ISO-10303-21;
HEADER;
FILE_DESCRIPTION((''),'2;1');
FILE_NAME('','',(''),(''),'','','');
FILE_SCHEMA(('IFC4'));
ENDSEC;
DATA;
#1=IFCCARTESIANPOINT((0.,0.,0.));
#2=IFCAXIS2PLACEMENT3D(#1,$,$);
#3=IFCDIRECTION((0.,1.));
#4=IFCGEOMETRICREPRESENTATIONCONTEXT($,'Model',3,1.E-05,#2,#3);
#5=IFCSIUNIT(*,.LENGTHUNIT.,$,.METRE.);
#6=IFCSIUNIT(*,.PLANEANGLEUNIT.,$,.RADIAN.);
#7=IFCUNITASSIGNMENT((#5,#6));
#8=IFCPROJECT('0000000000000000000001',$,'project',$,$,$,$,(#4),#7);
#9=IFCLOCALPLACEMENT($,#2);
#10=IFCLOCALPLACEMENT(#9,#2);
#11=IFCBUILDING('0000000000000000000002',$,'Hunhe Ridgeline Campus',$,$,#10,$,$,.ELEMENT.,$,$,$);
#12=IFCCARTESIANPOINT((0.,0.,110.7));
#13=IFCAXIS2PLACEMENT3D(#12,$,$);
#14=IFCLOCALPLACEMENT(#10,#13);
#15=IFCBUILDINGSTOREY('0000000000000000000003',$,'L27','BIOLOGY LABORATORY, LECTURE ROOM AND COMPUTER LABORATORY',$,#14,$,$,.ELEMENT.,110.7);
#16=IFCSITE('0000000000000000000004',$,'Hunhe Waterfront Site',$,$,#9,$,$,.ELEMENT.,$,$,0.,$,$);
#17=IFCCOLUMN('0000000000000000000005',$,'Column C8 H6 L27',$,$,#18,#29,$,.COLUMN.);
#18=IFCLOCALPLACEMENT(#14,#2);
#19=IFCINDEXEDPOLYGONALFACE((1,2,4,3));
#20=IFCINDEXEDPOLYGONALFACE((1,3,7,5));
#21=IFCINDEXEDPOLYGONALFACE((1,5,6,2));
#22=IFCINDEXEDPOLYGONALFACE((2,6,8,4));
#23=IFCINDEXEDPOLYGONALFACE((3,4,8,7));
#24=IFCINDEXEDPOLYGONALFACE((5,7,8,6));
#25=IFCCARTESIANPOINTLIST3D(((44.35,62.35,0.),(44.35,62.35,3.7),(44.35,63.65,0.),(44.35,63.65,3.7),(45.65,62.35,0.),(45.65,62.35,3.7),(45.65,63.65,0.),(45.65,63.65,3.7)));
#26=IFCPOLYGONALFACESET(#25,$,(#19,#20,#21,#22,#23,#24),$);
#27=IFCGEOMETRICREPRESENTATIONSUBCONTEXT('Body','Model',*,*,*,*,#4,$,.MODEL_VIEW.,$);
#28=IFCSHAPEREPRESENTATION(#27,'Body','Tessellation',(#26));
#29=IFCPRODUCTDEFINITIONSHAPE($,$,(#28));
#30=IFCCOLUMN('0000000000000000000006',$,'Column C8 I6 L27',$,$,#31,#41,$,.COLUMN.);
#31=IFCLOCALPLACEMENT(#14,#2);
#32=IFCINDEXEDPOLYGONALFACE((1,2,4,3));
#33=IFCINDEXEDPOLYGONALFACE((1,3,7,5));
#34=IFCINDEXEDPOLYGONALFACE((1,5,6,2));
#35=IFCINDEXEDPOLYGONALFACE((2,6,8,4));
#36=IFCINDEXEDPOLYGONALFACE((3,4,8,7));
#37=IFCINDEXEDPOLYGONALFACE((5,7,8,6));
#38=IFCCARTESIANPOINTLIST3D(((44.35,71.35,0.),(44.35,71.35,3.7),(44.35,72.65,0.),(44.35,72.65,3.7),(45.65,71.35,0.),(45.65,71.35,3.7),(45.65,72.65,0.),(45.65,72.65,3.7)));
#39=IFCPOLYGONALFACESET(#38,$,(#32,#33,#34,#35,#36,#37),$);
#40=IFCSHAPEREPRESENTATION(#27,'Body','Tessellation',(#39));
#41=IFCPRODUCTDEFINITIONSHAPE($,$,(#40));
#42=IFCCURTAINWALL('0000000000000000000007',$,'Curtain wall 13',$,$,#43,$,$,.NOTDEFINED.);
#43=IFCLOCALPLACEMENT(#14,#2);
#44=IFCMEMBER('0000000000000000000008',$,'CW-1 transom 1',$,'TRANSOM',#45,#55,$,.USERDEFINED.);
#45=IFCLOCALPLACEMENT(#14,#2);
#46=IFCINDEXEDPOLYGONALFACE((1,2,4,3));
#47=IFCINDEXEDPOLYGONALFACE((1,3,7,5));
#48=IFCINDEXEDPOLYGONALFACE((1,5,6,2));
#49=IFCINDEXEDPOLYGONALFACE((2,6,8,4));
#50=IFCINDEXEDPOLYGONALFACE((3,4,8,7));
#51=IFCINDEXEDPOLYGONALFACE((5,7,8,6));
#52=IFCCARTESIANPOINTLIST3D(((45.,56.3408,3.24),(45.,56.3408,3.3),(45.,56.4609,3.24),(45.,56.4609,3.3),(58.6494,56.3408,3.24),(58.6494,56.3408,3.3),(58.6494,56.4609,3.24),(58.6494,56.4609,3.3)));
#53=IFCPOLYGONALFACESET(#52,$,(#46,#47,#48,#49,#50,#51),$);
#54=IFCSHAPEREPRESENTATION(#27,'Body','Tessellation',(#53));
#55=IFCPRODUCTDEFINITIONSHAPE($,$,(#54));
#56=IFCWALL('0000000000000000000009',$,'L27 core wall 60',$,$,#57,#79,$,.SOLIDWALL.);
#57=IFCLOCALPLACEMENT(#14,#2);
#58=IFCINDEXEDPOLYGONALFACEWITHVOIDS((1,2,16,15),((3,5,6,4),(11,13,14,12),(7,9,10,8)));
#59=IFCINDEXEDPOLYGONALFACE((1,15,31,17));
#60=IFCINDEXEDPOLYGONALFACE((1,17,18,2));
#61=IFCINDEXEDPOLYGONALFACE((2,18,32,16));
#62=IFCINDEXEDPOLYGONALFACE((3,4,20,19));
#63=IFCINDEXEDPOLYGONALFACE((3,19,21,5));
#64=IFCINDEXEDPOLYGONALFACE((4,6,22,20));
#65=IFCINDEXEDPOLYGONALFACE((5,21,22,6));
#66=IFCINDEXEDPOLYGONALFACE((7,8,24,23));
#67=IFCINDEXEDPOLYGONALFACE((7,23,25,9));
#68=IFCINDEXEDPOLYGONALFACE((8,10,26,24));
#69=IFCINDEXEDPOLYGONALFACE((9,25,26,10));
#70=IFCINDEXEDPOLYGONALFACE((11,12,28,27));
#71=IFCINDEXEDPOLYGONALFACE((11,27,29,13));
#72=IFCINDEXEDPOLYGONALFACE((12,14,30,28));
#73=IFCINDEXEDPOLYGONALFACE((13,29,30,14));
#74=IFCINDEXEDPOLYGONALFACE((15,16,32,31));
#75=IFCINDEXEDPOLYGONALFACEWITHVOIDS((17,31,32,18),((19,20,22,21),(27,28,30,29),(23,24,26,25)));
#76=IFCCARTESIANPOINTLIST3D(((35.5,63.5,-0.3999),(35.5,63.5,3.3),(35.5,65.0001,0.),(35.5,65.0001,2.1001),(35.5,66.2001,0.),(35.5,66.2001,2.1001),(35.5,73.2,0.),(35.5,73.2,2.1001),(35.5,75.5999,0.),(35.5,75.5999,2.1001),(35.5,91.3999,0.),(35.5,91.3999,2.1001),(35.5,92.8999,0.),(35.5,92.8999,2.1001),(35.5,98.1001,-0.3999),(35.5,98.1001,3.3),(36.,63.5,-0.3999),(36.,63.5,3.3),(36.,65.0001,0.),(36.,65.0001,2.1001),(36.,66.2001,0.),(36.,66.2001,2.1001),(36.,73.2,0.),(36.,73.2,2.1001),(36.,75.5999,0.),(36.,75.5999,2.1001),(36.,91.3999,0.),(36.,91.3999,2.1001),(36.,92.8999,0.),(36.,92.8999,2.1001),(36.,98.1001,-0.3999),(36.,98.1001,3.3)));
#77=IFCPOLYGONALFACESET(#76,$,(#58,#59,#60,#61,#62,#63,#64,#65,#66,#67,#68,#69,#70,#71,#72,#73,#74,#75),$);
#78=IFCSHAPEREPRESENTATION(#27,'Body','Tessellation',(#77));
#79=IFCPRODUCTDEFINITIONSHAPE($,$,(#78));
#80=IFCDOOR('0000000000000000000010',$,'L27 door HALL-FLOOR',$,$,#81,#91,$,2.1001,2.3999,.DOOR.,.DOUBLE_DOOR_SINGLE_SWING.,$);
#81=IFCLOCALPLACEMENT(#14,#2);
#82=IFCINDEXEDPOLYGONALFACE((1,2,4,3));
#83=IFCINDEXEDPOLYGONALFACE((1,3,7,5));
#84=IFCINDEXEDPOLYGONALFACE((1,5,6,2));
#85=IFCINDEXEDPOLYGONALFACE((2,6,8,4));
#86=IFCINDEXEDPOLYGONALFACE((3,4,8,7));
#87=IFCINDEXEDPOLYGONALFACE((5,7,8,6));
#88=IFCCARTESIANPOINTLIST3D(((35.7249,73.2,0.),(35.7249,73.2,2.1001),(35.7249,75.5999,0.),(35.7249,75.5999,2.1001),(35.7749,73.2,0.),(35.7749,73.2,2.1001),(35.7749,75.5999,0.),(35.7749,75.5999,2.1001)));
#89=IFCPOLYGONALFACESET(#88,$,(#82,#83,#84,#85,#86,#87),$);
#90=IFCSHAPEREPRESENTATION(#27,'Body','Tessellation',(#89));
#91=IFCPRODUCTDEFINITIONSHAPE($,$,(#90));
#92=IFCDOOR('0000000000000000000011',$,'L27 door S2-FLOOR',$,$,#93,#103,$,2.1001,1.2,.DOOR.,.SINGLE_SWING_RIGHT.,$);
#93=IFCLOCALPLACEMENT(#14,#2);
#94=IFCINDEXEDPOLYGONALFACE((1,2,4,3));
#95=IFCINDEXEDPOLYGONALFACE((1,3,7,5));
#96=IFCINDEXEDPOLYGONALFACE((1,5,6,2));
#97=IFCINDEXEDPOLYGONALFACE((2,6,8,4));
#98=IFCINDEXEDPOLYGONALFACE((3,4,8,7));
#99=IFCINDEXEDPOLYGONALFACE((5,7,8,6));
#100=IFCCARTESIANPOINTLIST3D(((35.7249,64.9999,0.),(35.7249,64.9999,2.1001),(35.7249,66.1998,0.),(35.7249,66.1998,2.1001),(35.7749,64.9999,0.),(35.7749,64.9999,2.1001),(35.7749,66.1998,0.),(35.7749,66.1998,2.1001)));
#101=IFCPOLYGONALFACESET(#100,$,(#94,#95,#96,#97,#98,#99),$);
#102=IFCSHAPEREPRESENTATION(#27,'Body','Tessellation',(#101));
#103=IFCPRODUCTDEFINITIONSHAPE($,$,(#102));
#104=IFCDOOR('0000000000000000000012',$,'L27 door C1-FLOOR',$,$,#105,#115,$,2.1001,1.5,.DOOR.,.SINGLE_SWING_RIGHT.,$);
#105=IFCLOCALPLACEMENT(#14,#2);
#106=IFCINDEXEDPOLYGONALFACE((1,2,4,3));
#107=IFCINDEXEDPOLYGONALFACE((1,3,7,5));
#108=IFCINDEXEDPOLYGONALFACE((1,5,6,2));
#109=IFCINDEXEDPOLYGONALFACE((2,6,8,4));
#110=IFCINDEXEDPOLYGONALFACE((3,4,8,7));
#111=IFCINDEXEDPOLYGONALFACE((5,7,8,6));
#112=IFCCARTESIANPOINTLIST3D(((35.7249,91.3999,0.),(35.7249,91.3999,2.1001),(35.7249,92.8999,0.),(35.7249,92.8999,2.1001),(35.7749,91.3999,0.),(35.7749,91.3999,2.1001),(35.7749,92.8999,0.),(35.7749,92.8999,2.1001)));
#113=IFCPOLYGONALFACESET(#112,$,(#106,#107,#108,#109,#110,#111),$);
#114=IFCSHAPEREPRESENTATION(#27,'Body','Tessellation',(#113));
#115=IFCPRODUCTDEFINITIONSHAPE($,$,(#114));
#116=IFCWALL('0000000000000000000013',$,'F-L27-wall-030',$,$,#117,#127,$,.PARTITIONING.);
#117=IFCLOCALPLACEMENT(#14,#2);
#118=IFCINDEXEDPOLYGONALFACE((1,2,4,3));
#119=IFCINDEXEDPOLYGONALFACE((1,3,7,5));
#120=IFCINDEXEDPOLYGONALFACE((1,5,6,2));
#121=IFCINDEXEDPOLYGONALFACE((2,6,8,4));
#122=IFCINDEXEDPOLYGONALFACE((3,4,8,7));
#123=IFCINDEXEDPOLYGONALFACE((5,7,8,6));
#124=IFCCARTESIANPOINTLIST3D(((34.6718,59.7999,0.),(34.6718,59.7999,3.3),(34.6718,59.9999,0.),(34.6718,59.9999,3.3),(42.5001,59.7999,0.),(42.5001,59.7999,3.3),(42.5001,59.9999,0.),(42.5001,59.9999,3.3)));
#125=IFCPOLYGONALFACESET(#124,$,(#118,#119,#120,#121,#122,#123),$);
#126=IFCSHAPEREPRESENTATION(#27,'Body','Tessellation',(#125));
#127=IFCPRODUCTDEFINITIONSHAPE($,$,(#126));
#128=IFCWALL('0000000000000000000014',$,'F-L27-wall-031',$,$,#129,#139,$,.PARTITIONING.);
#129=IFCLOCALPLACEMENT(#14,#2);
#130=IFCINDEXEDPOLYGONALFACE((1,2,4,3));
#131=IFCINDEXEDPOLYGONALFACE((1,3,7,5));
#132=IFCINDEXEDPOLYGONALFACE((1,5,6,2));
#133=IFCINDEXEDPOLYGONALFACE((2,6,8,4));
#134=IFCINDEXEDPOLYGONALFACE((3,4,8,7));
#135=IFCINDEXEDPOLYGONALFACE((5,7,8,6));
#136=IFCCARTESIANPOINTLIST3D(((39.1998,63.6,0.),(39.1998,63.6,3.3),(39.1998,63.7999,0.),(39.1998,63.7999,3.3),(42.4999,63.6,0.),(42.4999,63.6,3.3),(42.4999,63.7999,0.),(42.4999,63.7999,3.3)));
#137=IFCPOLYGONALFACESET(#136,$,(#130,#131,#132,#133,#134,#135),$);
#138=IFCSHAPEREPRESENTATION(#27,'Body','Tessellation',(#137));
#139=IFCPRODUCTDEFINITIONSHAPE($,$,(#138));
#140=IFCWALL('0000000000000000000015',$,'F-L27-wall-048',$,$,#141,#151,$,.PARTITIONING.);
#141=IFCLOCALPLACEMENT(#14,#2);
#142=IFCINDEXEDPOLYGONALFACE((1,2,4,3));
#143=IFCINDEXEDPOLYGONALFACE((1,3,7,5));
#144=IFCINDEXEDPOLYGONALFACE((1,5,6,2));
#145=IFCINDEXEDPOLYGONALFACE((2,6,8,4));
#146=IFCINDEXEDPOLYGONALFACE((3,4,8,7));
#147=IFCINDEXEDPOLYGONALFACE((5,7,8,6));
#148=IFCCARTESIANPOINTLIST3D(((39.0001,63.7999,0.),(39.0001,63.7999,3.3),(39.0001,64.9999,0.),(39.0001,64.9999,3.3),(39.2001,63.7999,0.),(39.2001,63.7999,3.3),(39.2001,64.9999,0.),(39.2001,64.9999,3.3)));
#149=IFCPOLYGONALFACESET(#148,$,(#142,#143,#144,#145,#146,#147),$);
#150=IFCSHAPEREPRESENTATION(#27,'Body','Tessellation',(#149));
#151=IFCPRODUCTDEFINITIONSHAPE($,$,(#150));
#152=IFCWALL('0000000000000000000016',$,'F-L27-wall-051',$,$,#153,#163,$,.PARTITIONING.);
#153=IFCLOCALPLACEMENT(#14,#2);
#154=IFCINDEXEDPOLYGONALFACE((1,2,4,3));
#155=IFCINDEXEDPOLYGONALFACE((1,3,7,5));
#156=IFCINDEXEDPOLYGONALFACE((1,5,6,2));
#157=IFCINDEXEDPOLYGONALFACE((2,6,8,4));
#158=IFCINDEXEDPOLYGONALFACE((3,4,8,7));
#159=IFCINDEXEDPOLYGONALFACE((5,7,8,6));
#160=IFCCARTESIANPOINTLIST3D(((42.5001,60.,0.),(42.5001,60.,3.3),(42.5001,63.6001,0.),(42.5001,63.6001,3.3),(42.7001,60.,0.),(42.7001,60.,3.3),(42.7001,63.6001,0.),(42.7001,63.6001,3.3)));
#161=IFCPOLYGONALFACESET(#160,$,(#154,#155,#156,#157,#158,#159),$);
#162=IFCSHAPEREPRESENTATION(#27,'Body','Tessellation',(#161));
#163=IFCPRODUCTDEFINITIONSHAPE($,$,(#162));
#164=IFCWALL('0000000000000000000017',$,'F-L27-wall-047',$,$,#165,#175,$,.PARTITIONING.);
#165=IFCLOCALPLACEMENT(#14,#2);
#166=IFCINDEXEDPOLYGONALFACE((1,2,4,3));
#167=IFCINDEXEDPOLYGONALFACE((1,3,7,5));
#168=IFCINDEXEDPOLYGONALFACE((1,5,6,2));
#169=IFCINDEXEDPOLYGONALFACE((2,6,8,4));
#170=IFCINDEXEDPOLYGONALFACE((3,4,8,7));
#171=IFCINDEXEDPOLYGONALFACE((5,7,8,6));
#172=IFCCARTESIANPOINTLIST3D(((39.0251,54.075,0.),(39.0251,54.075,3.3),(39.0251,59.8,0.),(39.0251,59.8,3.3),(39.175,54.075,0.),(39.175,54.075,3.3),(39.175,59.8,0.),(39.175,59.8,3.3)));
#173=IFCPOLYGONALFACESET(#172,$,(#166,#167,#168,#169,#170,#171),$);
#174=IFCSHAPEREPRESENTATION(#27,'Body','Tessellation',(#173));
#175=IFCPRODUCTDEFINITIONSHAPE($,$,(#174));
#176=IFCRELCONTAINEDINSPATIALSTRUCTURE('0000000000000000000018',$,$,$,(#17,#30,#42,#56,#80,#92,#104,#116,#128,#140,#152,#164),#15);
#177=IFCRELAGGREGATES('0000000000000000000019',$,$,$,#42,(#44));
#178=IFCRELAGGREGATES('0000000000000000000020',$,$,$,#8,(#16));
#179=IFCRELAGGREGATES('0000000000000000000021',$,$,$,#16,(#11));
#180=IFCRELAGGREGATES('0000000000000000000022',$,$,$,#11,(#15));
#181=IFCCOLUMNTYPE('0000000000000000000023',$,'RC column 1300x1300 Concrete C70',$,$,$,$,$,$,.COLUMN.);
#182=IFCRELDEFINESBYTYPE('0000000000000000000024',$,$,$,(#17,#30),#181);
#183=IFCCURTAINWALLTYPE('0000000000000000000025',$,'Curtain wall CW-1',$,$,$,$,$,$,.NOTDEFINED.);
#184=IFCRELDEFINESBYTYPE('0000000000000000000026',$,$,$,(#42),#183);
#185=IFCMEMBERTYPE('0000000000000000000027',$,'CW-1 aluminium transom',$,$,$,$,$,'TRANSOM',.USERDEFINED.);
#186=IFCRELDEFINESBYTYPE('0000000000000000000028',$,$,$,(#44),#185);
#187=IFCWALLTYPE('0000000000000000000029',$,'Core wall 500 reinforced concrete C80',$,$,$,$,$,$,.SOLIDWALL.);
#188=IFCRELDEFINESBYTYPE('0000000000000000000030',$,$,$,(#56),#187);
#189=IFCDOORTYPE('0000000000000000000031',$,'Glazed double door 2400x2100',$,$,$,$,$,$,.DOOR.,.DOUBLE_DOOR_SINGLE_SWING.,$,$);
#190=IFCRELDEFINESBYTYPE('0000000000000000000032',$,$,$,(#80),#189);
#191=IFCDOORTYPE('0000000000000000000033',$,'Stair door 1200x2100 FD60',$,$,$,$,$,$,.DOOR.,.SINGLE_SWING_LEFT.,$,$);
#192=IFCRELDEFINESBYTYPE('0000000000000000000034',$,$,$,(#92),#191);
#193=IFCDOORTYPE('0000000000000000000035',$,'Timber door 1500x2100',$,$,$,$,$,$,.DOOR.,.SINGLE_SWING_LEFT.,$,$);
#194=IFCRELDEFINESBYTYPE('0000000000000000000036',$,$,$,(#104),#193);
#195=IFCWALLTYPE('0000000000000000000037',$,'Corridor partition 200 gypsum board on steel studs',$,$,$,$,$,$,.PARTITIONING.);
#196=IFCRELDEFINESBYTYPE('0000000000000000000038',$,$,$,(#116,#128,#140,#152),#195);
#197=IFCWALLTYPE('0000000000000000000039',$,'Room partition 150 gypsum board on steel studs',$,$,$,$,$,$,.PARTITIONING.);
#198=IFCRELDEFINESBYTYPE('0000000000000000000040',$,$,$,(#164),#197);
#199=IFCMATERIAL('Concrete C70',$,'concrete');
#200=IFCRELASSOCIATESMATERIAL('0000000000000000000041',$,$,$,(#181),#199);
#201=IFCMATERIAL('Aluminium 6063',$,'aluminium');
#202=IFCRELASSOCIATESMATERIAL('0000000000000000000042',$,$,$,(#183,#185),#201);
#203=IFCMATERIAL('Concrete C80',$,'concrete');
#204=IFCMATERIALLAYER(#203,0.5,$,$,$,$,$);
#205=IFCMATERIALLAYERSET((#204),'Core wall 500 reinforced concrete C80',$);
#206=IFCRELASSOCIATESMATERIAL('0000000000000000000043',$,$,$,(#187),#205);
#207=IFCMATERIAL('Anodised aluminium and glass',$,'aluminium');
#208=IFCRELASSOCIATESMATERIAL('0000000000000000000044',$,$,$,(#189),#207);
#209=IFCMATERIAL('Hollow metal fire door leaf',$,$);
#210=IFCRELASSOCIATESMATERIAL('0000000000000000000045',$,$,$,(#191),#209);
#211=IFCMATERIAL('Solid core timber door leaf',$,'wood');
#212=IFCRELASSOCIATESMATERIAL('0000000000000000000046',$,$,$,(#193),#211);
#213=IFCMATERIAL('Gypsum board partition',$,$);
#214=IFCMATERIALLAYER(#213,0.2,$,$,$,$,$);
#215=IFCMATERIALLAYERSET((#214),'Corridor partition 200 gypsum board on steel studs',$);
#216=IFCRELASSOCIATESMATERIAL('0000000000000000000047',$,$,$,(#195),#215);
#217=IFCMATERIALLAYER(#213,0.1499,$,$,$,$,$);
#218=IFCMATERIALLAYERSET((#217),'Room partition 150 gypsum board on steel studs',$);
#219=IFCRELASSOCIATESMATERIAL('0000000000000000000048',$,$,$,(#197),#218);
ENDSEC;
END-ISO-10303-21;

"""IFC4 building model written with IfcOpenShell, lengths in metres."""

from ifc_helpers import new_model, si_unit, direction, frame, frame_2d, origin, origin_2d, place, context, subcontext, project, spatial, rectangle, extrude, material, layer, layer_set, material_profile, profile_set, type_object, element, fill, aggregate, save


model = new_model("IFC4")

# Units and contexts
model_context = context("Model", 3, precision=1e-05, world=origin(), true_north=direction((0.0, 1.0)))
body_context = subcontext(model_context, "Body", "Model", "MODEL_VIEW")
ifc_project = project(units=[si_unit("LENGTHUNIT", "METRE"), si_unit("PLANEANGLEUNIT", "RADIAN")], contexts=[model_context])

# Site, building, storey
site_placement = place(None, origin())
site = spatial("IfcSite", under=ifc_project, at=site_placement, Name="Hunhe Waterfront Site", CompositionType="ELEMENT", RefElevation=0.0)
building_placement = place(site_placement, origin())
building = spatial("IfcBuilding", under=site, at=building_placement, Name="Hunhe Ridgeline Campus", CompositionType="ELEMENT")
storey_placement = place(building_placement, frame((0.0, 0.0, 110.7)))
storey = spatial("IfcBuildingStorey", under=building, at=storey_placement, Name="L27", Description="BIOLOGY LABORATORY, LECTURE ROOM AND COMPUTER LABORATORY", CompositionType="ELEMENT", Elevation=110.7)

# Columns
ifc_material_1 = material(Name="Concrete C70", Category="concrete")
ifc_material_profile_1 = material_profile(ifc_material_1, rectangle(XDim=1.3, YDim=1.3, at=origin_2d()))
ifc_profile_set_1 = profile_set([ifc_material_profile_1], Name="Concrete C70")
column_type = type_object("IfcColumnType", Name="RC column 1300x1300 Concrete C70", PredefinedType="COLUMN", material=ifc_profile_set_1)
for number, where, z_axis, x_axis, name in (
    (1, (45.0, 63.0, 0.0), (0.0, 0.0, 1.0), (1.0, 0.0, 0.0), "Column C8 H6 L27"),
    (2, (45.0, 72.0, 0.0), (0.0, 0.0, 1.0), (1.0, 0.0, 0.0), "Column C8 I6 L27"),
):
    element("IfcColumn", number, at=place(storey_placement, frame(where, z_axis=z_axis, x_axis=x_axis)), inside=storey, type_object=column_type, Name=name, PredefinedType="COLUMN", context=body_context, shape_type="SweptSolid", body=[
        extrude(rectangle(XDim=1.3, YDim=1.3, at=origin_2d()), origin(), (0.0, 0.0, 1.0), 3.7),
    ])

# Curtain wall, member
ifc_material_2 = material(Name="Aluminium 6063", Category="aluminium")
curtain_wall_type = type_object("IfcCurtainWallType", Name="Curtain wall CW-1", PredefinedType="NOTDEFINED", material=ifc_material_2)
curtain_wall_placement = place(storey_placement, origin())
curtain_wall = element("IfcCurtainWall", 3, at=curtain_wall_placement, inside=storey, type_object=curtain_wall_type, Name="Curtain wall 13", PredefinedType="NOTDEFINED")
ifc_material_profile_2 = material_profile(ifc_material_2, rectangle(XDim=0.1201, YDim=0.0601, at=origin_2d()))
ifc_profile_set_2 = profile_set([ifc_material_profile_2], Name="Aluminium 6063")
member_type = type_object("IfcMemberType", Name="CW-1 aluminium transom", ElementType="TRANSOM", PredefinedType="USERDEFINED", material=ifc_profile_set_2)
member_placement = place(storey_placement, frame((45.0, 56.4009, 3.27), z_axis=(1.0, 0.0, 0.0), x_axis=(0.0, 1.0, 0.0)))
member = element("IfcMember", 4, at=member_placement, type_object=member_type, Name="CW-1 transom 1", ObjectType="TRANSOM", PredefinedType="USERDEFINED", context=body_context, shape_type="SweptSolid", body=[
    extrude(rectangle(XDim=0.1201, YDim=0.0601, at=origin_2d()), origin(), (0.0, 0.0, 1.0), 13.6494),
])
aggregate(curtain_wall, [member])

# Wall, openings, doors
ifc_material_3 = material(Name="Concrete C80", Category="concrete")
ifc_layer_1 = layer(ifc_material_3, 0.5)
ifc_layer_set_1 = layer_set([ifc_layer_1], Name="Core wall 500 reinforced concrete C80")
wall_type_1 = type_object("IfcWallType", Name="Core wall 500 reinforced concrete C80", PredefinedType="SOLIDWALL", material=ifc_layer_set_1)
wall_1_placement = place(storey_placement, frame((35.75, 63.5, -0.3999), z_axis=(0.0, 0.0, 1.0), x_axis=(0.0, 1.0, 0.0)))
wall_1 = element("IfcWall", 5, at=wall_1_placement, inside=storey, type_object=wall_type_1, Name="L27 core wall 60", PredefinedType="SOLIDWALL", context=body_context, shape_type="SweptSolid", body=[
    extrude(rectangle(XDim=34.6001, YDim=0.5, at=frame_2d((17.3, 0.0))), origin(), (0.0, 0.0, 1.0), 3.7),
])
opening_1_placement = place(wall_1_placement, frame((9.7, 0.0, 0.3999)))
opening_1 = element("IfcOpeningElement", 6, at=opening_1_placement, cuts=wall_1, PredefinedType="OPENING", context=body_context, shape_type="SweptSolid", body=[
    extrude(rectangle(XDim=2.3999, YDim=2.1001, at=frame_2d((1.2, 1.05))), frame((0.0, 0.25, 0.0), z_axis=(0.0, -1.0, 0.0), x_axis=(1.0, 0.0, 0.0)), (0.0, 0.0, 1.0), 0.5),
])
opening_2_placement = place(wall_1_placement, frame((27.8999, 0.0, 0.3999)))
opening_2 = element("IfcOpeningElement", 7, at=opening_2_placement, cuts=wall_1, PredefinedType="OPENING", context=body_context, shape_type="SweptSolid", body=[
    extrude(rectangle(XDim=1.5, YDim=2.1001, at=frame_2d((0.75, 1.05))), frame((0.0, 0.25, 0.0), z_axis=(0.0, -1.0, 0.0), x_axis=(1.0, 0.0, 0.0)), (0.0, 0.0, 1.0), 0.5),
])
opening_3_placement = place(wall_1_placement, frame((1.5, 0.0, 0.3999)))
opening_3 = element("IfcOpeningElement", 8, at=opening_3_placement, cuts=wall_1, PredefinedType="OPENING", context=body_context, shape_type="SweptSolid", body=[
    extrude(rectangle(XDim=1.2, YDim=2.1001, at=frame_2d((0.6001, 1.05))), frame((0.0, 0.25, 0.0), z_axis=(0.0, -1.0, 0.0), x_axis=(1.0, 0.0, 0.0)), (0.0, 0.0, 1.0), 0.5),
])
ifc_material_4 = material(Name="Anodised aluminium and glass", Category="aluminium")
door_type_1 = type_object("IfcDoorType", Name="Glazed double door 2400x2100", OperationType="DOUBLE_DOOR_SINGLE_SWING", PredefinedType="DOOR", material=ifc_material_4)
door_1_placement = place(opening_1_placement, frame((2.3999, 0.0, 0.0), z_axis=(0.0, 0.0, 1.0), x_axis=(-1.0, 0.0, 0.0)))
door_1 = element("IfcDoor", 9, at=door_1_placement, inside=storey, type_object=door_type_1, Name="L27 door HALL-FLOOR", OperationType="DOUBLE_DOOR_SINGLE_SWING", OverallHeight=2.1001, OverallWidth=2.3999, PredefinedType="DOOR", context=body_context, shape_type="SweptSolid", body=[
    extrude(rectangle(XDim=2.3999, YDim=2.1001, at=frame_2d((1.2, 1.05))), frame((0.0, 0.0249, 0.0), z_axis=(0.0, -1.0, 0.0), x_axis=(1.0, 0.0, 0.0)), (0.0, 0.0, 1.0), 0.05),
])
fill(opening_1, door_1)
ifc_material_5 = material(Name="Hollow metal fire door leaf")
door_type_2 = type_object("IfcDoorType", Name="Stair door 1200x2100 FD60", OperationType="SINGLE_SWING_LEFT", PredefinedType="DOOR", material=ifc_material_5)
door_2_placement = place(opening_3_placement, frame((1.2, 0.0, 0.0), z_axis=(0.0, 0.0, 1.0), x_axis=(-1.0, 0.0, 0.0)))
door_2 = element("IfcDoor", 10, at=door_2_placement, inside=storey, type_object=door_type_2, Name="L27 door S2-FLOOR", OperationType="SINGLE_SWING_RIGHT", OverallHeight=2.1001, OverallWidth=1.2, PredefinedType="DOOR", context=body_context, shape_type="SweptSolid", body=[
    extrude(rectangle(XDim=1.2, YDim=2.1001, at=frame_2d((0.6001, 1.05))), frame((0.0, 0.0249, 0.0), z_axis=(0.0, -1.0, 0.0), x_axis=(1.0, 0.0, 0.0)), (0.0, 0.0, 1.0), 0.05),
])
fill(opening_3, door_2)
ifc_material_6 = material(Name="Solid core timber door leaf", Category="wood")
door_type_3 = type_object("IfcDoorType", Name="Timber door 1500x2100", OperationType="SINGLE_SWING_LEFT", PredefinedType="DOOR", material=ifc_material_6)
door_3_placement = place(opening_2_placement, frame((1.5, 0.0, 0.0), z_axis=(0.0, 0.0, 1.0), x_axis=(-1.0, 0.0, 0.0)))
door_3 = element("IfcDoor", 11, at=door_3_placement, inside=storey, type_object=door_type_3, Name="L27 door C1-FLOOR", OperationType="SINGLE_SWING_RIGHT", OverallHeight=2.1001, OverallWidth=1.5, PredefinedType="DOOR", context=body_context, shape_type="SweptSolid", body=[
    extrude(rectangle(XDim=1.5, YDim=2.1001, at=frame_2d((0.75, 1.05))), frame((0.0, 0.0249, 0.0), z_axis=(0.0, -1.0, 0.0), x_axis=(1.0, 0.0, 0.0)), (0.0, 0.0, 1.0), 0.05),
])
fill(opening_2, door_3)

# Walls
ifc_material_7 = material(Name="Gypsum board partition")
ifc_layer_2 = layer(ifc_material_7, 0.2)
ifc_layer_set_2 = layer_set([ifc_layer_2], Name="Corridor partition 200 gypsum board on steel studs")
wall_type_2 = type_object("IfcWallType", Name="Corridor partition 200 gypsum board on steel studs", PredefinedType="PARTITIONING", material=ifc_layer_set_2)
wall_2_placement = place(storey_placement, frame((42.5, 59.8999, 0.0), z_axis=(0.0, 0.0, 1.0), x_axis=(-1.0, 0.0, 0.0)))
element("IfcWall", 12, at=wall_2_placement, inside=storey, type_object=wall_type_2, Name="F-L27-wall-030", PredefinedType="PARTITIONING", context=body_context, shape_type="SweptSolid", body=[
    extrude(rectangle(XDim=7.8284, YDim=0.2, at=frame_2d((3.9141, 0.0))), origin(), (0.0, 0.0, 1.0), 3.3),
])
wall_3_placement = place(storey_placement, frame((39.2, 63.7, 0.0), z_axis=(0.0, 0.0, 1.0), x_axis=(1.0, 0.0, 0.0)))
element("IfcWall", 13, at=wall_3_placement, inside=storey, type_object=wall_type_2, Name="F-L27-wall-031", PredefinedType="PARTITIONING", context=body_context, shape_type="SweptSolid", body=[
    extrude(rectangle(XDim=3.3, YDim=0.2, at=frame_2d((1.6499, 0.0))), origin(), (0.0, 0.0, 1.0), 3.3),
])

# Wall
wall_4_placement = place(storey_placement, frame((39.1001, 65.0, 0.0), z_axis=(0.0, 0.0, 1.0), x_axis=(0.0, -1.0, 0.0)))
element("IfcWall", 14, at=wall_4_placement, inside=storey, type_object=wall_type_2, Name="F-L27-wall-048", PredefinedType="PARTITIONING", context=body_context, shape_type="SweptSolid", body=[
    extrude(rectangle(XDim=1.2, YDim=0.2, at=frame_2d((0.6001, 0.0))), origin(), (0.0, 0.0, 1.0), 3.3),
])

# Walls
wall_5_placement = place(storey_placement, frame((42.6001, 63.6001, 0.0), z_axis=(0.0, 0.0, 1.0), x_axis=(0.0, -1.0, 0.0)))
element("IfcWall", 15, at=wall_5_placement, inside=storey, type_object=wall_type_2, Name="F-L27-wall-051", PredefinedType="PARTITIONING", context=body_context, shape_type="SweptSolid", body=[
    extrude(rectangle(XDim=3.6001, YDim=0.2, at=frame_2d((1.8, 0.0))), origin(), (0.0, 0.0, 1.0), 3.3),
])
ifc_layer_3 = layer(ifc_material_7, 0.1499)
ifc_layer_set_3 = layer_set([ifc_layer_3], Name="Room partition 150 gypsum board on steel studs")
wall_type_3 = type_object("IfcWallType", Name="Room partition 150 gypsum board on steel studs", PredefinedType="PARTITIONING", material=ifc_layer_set_3)
wall_6_placement = place(storey_placement, frame((39.1001, 59.8, 0.0), z_axis=(0.0, 0.0, 1.0), x_axis=(0.0, -1.0, 0.0)))
element("IfcWall", 16, at=wall_6_placement, inside=storey, type_object=wall_type_3, Name="F-L27-wall-047", PredefinedType="PARTITIONING", context=body_context, shape_type="SweptSolid", body=[
    extrude(rectangle(XDim=5.7251, YDim=0.1499, at=frame_2d((2.8625, 0.0))), origin(), (0.0, 0.0, 1.0), 3.3),
])

save(model, "model.ifc")
